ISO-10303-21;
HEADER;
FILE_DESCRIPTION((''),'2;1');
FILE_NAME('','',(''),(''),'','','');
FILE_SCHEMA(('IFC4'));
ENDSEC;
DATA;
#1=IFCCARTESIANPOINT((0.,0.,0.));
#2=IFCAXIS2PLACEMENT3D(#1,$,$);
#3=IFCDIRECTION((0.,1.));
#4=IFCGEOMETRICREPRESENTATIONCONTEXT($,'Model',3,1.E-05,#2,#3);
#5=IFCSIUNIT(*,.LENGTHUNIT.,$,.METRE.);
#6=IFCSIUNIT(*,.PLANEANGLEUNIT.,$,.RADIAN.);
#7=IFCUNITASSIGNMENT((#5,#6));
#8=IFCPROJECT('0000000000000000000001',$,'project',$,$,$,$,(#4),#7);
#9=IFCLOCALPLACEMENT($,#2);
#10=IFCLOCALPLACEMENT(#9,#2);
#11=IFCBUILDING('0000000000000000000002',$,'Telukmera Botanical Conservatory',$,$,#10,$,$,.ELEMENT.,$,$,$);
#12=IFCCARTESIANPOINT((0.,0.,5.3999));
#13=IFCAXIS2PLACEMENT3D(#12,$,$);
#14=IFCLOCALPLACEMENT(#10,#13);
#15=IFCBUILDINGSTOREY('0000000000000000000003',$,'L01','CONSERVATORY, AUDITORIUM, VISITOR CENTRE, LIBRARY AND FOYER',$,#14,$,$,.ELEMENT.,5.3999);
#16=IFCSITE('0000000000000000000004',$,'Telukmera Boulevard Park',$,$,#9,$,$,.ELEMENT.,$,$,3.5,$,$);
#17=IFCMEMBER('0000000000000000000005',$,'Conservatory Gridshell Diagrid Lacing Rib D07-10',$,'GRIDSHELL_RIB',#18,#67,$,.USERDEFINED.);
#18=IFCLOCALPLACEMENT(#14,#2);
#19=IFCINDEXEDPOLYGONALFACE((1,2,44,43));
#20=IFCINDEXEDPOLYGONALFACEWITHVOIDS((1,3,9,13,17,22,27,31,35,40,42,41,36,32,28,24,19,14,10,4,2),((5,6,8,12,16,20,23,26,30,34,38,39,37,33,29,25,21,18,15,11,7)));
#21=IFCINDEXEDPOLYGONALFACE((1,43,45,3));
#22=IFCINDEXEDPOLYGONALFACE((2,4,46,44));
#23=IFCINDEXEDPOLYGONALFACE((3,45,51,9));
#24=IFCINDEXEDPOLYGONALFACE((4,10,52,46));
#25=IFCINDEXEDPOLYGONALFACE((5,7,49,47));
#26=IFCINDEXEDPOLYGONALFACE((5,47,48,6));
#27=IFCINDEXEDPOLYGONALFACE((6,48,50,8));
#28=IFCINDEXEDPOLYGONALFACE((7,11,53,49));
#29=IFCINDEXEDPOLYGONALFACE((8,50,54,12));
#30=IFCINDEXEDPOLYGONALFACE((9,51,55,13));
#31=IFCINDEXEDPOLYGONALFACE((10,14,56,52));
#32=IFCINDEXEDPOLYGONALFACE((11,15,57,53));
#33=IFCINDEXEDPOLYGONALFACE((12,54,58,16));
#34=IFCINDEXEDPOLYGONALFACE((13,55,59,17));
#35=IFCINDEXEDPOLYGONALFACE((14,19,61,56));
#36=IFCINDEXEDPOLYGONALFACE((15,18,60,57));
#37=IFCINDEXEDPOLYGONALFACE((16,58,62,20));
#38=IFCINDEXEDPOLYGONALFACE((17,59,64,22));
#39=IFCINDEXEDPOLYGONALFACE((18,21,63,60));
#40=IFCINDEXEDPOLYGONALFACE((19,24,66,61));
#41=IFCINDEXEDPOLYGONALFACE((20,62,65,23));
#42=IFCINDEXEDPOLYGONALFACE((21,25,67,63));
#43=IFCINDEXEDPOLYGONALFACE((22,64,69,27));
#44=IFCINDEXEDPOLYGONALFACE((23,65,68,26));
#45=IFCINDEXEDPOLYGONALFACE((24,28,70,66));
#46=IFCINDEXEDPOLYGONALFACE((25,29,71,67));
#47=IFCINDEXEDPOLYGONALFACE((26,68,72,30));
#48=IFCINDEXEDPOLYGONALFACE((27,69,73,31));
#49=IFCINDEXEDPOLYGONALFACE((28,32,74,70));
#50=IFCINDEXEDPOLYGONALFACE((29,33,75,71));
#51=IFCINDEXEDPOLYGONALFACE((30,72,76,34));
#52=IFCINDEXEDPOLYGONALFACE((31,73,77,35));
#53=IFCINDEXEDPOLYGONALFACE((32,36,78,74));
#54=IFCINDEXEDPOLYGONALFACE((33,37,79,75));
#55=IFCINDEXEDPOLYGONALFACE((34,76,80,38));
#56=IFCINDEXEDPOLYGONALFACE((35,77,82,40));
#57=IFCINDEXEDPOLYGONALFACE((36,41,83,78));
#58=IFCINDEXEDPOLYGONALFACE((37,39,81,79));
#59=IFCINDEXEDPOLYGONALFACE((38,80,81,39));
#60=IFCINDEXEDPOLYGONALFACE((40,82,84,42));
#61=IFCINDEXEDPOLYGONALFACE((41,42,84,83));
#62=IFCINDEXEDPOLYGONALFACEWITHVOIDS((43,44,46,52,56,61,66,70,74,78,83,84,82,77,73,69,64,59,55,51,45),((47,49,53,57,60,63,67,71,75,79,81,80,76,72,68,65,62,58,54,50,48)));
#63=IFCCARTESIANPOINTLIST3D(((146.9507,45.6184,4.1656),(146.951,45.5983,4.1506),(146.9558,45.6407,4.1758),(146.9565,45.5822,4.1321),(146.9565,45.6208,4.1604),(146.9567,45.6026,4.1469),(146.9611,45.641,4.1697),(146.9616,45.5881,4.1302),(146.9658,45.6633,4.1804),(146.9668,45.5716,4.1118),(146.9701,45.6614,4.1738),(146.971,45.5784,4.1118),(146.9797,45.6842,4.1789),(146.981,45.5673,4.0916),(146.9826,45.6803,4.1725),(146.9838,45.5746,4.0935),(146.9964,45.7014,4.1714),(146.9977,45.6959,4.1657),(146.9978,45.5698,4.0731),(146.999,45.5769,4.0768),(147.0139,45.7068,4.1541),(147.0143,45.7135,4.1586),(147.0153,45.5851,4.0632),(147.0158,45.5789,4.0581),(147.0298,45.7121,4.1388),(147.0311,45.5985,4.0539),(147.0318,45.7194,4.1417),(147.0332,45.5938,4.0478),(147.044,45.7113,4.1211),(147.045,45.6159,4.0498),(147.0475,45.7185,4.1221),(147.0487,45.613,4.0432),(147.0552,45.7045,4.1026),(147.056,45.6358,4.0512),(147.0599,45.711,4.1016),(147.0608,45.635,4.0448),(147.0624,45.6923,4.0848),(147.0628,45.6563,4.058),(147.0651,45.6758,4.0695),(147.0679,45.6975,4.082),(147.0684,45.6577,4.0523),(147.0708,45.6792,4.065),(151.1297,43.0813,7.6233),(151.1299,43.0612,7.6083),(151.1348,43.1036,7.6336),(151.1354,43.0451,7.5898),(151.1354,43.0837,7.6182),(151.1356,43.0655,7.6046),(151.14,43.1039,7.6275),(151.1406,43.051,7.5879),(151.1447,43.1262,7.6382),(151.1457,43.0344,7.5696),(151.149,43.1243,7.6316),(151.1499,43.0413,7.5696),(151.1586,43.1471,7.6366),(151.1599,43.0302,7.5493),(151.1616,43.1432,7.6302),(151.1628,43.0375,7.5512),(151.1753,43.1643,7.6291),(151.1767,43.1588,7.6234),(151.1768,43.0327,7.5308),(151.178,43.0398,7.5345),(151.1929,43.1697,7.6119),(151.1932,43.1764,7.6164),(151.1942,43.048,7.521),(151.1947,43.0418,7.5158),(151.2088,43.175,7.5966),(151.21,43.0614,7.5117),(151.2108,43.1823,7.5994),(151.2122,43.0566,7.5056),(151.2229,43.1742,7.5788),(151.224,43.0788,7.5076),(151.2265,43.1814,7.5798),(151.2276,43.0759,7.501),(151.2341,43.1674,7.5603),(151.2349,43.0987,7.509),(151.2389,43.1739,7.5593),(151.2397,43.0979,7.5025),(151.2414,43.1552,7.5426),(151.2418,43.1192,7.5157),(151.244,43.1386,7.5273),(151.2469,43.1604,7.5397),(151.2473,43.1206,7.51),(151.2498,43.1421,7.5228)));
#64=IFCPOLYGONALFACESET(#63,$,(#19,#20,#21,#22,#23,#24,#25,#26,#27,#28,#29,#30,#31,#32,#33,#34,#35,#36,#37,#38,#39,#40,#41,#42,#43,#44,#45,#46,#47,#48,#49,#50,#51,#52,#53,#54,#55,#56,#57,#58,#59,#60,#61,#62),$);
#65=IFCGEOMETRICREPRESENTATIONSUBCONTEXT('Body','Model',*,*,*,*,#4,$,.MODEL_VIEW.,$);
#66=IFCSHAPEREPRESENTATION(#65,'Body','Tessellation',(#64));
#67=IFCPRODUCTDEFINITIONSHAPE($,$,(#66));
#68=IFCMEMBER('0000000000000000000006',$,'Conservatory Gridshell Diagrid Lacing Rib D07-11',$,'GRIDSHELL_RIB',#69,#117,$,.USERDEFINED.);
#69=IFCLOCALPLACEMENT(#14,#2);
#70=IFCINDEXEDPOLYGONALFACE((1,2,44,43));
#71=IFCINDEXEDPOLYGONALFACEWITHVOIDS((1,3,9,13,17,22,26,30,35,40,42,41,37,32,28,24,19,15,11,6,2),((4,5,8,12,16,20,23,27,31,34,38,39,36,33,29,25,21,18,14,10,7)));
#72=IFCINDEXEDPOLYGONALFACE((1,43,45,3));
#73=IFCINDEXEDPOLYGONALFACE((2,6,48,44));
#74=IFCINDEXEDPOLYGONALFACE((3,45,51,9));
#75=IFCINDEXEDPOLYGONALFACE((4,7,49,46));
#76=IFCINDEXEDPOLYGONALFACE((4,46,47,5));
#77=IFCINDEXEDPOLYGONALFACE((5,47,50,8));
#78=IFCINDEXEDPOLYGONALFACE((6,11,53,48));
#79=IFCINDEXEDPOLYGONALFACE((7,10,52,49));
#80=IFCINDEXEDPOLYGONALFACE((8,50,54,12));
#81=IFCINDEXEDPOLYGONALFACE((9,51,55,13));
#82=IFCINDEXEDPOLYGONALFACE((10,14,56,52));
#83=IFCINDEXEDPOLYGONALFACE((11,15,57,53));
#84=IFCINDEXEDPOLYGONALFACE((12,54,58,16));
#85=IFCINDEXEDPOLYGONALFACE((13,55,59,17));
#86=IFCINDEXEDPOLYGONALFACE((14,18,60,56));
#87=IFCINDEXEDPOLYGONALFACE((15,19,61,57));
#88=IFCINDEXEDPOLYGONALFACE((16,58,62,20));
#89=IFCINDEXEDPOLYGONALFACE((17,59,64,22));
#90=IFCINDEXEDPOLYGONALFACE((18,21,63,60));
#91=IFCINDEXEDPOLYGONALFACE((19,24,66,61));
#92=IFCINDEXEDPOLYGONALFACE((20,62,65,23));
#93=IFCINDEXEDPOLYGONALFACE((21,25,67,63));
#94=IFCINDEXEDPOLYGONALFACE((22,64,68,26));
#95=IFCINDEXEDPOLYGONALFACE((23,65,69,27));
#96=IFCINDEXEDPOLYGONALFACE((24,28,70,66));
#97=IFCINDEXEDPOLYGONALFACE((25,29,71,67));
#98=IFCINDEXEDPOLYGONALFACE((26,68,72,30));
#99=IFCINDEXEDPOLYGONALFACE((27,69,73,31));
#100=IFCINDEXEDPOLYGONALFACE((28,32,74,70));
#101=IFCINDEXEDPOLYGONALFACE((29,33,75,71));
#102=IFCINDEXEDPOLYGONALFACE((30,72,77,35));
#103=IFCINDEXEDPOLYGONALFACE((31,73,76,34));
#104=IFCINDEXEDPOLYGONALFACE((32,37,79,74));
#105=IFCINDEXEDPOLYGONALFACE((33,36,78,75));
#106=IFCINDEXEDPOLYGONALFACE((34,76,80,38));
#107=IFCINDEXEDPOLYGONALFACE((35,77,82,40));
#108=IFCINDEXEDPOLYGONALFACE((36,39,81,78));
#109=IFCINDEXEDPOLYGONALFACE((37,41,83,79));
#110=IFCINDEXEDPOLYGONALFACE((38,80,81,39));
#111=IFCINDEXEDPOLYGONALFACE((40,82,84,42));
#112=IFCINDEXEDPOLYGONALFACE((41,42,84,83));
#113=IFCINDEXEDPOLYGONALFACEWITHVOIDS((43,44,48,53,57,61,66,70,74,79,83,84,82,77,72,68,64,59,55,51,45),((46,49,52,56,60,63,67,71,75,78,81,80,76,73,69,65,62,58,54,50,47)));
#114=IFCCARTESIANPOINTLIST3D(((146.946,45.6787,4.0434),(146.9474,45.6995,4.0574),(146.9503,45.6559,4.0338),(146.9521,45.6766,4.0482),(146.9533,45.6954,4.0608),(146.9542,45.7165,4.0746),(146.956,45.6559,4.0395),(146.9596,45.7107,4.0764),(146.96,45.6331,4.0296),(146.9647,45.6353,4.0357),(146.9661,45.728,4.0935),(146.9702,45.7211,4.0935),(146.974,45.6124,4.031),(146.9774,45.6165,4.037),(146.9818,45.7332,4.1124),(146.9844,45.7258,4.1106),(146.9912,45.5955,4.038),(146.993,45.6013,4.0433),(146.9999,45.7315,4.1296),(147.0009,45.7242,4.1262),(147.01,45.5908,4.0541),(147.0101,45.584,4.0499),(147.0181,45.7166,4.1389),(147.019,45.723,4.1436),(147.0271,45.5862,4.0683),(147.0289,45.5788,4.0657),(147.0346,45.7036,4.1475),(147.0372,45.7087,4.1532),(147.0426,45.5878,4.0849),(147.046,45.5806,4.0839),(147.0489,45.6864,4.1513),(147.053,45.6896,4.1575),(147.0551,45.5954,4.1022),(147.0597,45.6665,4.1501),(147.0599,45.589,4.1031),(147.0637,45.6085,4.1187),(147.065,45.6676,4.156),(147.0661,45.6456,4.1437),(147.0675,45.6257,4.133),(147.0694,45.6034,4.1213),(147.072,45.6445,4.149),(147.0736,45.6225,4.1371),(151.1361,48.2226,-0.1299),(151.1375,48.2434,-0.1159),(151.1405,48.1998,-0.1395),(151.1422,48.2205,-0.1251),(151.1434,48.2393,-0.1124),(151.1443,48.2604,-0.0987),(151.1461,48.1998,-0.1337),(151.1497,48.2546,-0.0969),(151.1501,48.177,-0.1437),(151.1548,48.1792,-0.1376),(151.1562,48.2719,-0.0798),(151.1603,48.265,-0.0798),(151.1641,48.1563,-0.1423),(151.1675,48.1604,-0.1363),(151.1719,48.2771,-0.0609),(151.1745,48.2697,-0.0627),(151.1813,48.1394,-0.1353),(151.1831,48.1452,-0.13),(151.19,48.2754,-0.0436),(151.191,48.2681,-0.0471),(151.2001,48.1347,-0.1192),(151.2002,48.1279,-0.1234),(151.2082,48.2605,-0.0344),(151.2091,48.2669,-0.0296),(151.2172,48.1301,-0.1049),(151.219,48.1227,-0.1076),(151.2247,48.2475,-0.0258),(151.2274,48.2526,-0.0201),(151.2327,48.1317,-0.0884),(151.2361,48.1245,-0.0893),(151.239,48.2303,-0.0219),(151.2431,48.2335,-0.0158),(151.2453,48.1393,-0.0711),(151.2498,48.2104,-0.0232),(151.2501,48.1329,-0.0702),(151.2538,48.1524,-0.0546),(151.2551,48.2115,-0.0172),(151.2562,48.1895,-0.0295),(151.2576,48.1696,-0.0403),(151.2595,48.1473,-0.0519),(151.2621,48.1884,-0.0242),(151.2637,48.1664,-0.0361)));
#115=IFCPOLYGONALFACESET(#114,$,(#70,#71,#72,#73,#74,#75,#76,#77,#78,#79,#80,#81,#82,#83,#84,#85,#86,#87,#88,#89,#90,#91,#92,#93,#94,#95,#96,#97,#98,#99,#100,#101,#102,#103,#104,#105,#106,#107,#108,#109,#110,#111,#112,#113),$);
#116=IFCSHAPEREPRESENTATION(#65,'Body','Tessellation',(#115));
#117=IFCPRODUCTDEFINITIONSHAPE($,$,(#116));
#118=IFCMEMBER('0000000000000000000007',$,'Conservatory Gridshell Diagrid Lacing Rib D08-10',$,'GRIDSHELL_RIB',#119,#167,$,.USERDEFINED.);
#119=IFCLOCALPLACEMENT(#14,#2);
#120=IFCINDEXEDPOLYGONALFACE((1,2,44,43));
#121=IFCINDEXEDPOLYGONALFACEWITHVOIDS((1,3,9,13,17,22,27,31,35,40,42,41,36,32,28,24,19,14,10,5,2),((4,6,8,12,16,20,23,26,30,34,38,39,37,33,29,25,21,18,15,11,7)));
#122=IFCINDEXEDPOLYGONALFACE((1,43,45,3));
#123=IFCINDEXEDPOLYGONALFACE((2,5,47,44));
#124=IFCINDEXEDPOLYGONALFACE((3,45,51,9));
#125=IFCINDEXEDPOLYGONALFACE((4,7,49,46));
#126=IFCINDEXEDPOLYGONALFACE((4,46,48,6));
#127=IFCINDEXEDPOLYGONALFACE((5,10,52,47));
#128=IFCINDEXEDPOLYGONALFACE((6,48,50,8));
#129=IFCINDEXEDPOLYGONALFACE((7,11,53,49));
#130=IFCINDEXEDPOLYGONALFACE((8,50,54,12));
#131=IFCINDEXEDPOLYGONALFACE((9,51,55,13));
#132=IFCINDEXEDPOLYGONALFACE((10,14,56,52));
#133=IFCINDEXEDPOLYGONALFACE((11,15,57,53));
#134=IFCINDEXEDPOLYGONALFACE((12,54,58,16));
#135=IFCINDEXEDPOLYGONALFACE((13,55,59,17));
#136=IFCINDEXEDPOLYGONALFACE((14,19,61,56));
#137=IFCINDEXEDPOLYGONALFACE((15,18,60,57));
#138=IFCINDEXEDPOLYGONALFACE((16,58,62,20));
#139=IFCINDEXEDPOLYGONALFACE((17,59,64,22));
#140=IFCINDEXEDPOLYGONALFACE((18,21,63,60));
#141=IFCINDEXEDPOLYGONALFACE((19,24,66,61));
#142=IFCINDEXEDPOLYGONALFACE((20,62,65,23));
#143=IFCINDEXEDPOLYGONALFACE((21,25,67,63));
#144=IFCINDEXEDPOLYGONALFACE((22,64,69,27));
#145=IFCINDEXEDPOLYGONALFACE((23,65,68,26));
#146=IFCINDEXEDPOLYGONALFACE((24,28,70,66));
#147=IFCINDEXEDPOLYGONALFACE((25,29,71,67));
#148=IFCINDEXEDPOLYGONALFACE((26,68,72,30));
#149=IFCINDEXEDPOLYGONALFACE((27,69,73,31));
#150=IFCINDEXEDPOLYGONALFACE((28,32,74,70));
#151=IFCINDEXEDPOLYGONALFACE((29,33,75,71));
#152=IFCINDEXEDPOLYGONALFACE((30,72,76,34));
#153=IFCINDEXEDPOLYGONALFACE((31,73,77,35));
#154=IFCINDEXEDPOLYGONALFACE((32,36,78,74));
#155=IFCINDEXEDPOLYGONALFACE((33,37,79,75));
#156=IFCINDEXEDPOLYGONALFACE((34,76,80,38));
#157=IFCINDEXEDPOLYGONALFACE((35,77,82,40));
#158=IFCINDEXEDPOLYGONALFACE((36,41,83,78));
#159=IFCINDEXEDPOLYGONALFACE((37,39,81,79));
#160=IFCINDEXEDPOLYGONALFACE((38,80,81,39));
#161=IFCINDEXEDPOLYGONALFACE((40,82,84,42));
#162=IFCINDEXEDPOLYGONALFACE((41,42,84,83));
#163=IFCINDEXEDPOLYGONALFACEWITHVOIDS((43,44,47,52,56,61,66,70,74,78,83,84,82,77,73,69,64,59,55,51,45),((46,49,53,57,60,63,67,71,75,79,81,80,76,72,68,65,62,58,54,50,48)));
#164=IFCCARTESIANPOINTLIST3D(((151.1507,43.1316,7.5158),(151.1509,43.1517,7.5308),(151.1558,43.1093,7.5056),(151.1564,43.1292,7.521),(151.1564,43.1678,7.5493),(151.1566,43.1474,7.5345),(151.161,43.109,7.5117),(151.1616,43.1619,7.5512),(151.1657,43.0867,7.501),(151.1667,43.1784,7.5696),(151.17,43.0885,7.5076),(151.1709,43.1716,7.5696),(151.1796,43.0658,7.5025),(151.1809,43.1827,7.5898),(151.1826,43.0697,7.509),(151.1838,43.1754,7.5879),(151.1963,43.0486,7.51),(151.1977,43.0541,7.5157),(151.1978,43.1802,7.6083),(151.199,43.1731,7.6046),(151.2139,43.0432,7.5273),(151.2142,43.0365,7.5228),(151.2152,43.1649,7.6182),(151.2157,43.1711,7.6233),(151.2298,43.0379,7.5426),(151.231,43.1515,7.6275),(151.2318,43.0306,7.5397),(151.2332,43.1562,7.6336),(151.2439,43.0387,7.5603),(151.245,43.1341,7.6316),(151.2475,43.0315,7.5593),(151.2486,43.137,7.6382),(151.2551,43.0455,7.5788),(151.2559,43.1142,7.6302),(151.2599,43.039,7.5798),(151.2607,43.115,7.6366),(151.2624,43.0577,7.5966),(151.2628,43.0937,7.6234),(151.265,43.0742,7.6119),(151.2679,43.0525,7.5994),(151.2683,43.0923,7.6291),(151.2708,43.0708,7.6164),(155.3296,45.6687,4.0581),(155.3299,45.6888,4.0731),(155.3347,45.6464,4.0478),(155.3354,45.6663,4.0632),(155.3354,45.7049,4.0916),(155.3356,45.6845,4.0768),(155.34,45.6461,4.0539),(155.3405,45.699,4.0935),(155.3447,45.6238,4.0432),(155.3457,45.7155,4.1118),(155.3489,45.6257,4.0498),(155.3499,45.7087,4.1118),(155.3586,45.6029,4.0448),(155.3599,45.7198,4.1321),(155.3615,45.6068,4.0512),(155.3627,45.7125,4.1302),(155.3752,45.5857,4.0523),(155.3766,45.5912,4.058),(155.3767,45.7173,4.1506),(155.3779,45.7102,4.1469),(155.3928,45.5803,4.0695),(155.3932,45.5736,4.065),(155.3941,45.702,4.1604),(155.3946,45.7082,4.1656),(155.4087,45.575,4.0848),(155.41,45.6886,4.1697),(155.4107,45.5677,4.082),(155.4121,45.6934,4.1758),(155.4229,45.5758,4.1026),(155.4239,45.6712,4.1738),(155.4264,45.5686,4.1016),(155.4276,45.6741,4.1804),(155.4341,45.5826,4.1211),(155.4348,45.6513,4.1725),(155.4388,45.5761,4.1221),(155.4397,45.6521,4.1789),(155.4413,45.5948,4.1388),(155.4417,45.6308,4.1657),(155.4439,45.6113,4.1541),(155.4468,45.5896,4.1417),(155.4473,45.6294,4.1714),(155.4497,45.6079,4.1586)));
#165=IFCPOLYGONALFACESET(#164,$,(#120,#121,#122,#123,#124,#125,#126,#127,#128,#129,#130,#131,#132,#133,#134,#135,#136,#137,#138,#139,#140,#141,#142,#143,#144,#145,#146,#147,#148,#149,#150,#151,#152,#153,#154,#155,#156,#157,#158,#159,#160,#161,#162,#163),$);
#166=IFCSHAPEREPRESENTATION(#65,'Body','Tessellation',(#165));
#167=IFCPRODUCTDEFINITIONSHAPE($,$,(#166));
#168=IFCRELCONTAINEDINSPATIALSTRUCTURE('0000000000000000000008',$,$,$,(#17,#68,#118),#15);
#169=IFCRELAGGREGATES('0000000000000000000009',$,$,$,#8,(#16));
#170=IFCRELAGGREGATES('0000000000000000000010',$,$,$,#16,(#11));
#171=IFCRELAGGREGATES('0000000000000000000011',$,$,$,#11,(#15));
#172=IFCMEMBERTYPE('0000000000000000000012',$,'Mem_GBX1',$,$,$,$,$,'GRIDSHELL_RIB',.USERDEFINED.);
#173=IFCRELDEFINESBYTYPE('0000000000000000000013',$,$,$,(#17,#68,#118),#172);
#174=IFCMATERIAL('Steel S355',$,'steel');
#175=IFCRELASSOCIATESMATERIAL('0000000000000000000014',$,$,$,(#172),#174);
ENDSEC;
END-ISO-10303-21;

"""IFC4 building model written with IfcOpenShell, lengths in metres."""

from ifc_helpers import new_model, si_unit, direction, frame, origin, origin_2d, place, context, subcontext, project, spatial, hollow_circle, extrude, material, material_profile, profile_set, type_object, element, save


model = new_model("IFC4")

# Units and contexts
model_context = context("Model", 3, precision=1e-05, world=origin(), true_north=direction((0.0, 1.0)))
body_context = subcontext(model_context, "Body", "Model", "MODEL_VIEW")
ifc_project = project(units=[si_unit("LENGTHUNIT", "METRE"), si_unit("PLANEANGLEUNIT", "RADIAN")], contexts=[model_context])

# Site, building, storey
site_placement = place(None, origin())
site = spatial("IfcSite", under=ifc_project, at=site_placement, Name="Telukmera Boulevard Park", CompositionType="ELEMENT", RefElevation=3.5)
building_placement = place(site_placement, origin())
building = spatial("IfcBuilding", under=site, at=building_placement, Name="Telukmera Botanical Conservatory", CompositionType="ELEMENT")
storey_placement = place(building_placement, frame((0.0, 0.0, 5.3999)))
storey = spatial("IfcBuildingStorey", under=building, at=storey_placement, Name="L01", Description="CONSERVATORY, AUDITORIUM, VISITOR CENTRE, LIBRARY AND FOYER", CompositionType="ELEMENT", Elevation=5.3999)

# Shared definitions
ifc_material_1 = material(Name="Steel S355", Category="steel")

# Members
ifc_material_profile_1 = material_profile(ifc_material_1, hollow_circle(Radius=0.0842, WallThickness=0.0081, at=origin_2d()), Name="CHS 168.3x8.0")
ifc_profile_set_1 = profile_set([ifc_material_profile_1], Name="Steel S355")
member_type_1 = type_object("IfcMemberType", Name="Mem_GBX1", ElementType="GRIDSHELL_RIB", PredefinedType="USERDEFINED", material=ifc_profile_set_1)
member_1_placement = place(storey_placement, frame((151.1895, 43.1064, 7.5696), z_axis=(-0.697883, 0.423696, -0.577444), x_axis=(-0.518961, -0.854798, 0.0)))
element("IfcMember", 1, at=member_1_placement, inside=storey, type_object=member_type_1, Name="Conservatory Gridshell Diagrid Lacing Rib D07-10", ObjectType="GRIDSHELL_RIB", PredefinedType="USERDEFINED", context=body_context, shape_type="SweptSolid", body=[
    extrude(hollow_circle(Radius=0.0842, WallThickness=0.0081, at=origin_2d()), origin(), (0.0, 0.0, 1.0), 5.988),
])
member_2_placement = place(storey_placement, frame((147.0098, 45.656, 4.0935), z_axis=(0.650866, 0.395154, -0.648249), x_axis=(-0.518964, 0.854796, 0.0)))
element("IfcMember", 2, at=member_2_placement, inside=storey, type_object=member_type_1, Name="Conservatory Gridshell Diagrid Lacing Rib D07-11", ObjectType="GRIDSHELL_RIB", PredefinedType="USERDEFINED", context=body_context, shape_type="SweptSolid", body=[
    extrude(hollow_circle(Radius=0.0842, WallThickness=0.0081, at=origin_2d()), origin(), (0.0, 0.0, 1.0), 6.4377),
])
member_3_placement = place(storey_placement, frame((151.2104, 43.1064, 7.5696), z_axis=(0.697883, 0.423696, -0.577444), x_axis=(-0.518961, 0.854798, 0.0)))
element("IfcMember", 3, at=member_3_placement, inside=storey, type_object=member_type_1, Name="Conservatory Gridshell Diagrid Lacing Rib D08-10", ObjectType="GRIDSHELL_RIB", PredefinedType="USERDEFINED", context=body_context, shape_type="SweptSolid", body=[
    extrude(hollow_circle(Radius=0.0842, WallThickness=0.0081, at=origin_2d()), origin(), (0.0, 0.0, 1.0), 5.988),
])

save(model, "model.ifc")
